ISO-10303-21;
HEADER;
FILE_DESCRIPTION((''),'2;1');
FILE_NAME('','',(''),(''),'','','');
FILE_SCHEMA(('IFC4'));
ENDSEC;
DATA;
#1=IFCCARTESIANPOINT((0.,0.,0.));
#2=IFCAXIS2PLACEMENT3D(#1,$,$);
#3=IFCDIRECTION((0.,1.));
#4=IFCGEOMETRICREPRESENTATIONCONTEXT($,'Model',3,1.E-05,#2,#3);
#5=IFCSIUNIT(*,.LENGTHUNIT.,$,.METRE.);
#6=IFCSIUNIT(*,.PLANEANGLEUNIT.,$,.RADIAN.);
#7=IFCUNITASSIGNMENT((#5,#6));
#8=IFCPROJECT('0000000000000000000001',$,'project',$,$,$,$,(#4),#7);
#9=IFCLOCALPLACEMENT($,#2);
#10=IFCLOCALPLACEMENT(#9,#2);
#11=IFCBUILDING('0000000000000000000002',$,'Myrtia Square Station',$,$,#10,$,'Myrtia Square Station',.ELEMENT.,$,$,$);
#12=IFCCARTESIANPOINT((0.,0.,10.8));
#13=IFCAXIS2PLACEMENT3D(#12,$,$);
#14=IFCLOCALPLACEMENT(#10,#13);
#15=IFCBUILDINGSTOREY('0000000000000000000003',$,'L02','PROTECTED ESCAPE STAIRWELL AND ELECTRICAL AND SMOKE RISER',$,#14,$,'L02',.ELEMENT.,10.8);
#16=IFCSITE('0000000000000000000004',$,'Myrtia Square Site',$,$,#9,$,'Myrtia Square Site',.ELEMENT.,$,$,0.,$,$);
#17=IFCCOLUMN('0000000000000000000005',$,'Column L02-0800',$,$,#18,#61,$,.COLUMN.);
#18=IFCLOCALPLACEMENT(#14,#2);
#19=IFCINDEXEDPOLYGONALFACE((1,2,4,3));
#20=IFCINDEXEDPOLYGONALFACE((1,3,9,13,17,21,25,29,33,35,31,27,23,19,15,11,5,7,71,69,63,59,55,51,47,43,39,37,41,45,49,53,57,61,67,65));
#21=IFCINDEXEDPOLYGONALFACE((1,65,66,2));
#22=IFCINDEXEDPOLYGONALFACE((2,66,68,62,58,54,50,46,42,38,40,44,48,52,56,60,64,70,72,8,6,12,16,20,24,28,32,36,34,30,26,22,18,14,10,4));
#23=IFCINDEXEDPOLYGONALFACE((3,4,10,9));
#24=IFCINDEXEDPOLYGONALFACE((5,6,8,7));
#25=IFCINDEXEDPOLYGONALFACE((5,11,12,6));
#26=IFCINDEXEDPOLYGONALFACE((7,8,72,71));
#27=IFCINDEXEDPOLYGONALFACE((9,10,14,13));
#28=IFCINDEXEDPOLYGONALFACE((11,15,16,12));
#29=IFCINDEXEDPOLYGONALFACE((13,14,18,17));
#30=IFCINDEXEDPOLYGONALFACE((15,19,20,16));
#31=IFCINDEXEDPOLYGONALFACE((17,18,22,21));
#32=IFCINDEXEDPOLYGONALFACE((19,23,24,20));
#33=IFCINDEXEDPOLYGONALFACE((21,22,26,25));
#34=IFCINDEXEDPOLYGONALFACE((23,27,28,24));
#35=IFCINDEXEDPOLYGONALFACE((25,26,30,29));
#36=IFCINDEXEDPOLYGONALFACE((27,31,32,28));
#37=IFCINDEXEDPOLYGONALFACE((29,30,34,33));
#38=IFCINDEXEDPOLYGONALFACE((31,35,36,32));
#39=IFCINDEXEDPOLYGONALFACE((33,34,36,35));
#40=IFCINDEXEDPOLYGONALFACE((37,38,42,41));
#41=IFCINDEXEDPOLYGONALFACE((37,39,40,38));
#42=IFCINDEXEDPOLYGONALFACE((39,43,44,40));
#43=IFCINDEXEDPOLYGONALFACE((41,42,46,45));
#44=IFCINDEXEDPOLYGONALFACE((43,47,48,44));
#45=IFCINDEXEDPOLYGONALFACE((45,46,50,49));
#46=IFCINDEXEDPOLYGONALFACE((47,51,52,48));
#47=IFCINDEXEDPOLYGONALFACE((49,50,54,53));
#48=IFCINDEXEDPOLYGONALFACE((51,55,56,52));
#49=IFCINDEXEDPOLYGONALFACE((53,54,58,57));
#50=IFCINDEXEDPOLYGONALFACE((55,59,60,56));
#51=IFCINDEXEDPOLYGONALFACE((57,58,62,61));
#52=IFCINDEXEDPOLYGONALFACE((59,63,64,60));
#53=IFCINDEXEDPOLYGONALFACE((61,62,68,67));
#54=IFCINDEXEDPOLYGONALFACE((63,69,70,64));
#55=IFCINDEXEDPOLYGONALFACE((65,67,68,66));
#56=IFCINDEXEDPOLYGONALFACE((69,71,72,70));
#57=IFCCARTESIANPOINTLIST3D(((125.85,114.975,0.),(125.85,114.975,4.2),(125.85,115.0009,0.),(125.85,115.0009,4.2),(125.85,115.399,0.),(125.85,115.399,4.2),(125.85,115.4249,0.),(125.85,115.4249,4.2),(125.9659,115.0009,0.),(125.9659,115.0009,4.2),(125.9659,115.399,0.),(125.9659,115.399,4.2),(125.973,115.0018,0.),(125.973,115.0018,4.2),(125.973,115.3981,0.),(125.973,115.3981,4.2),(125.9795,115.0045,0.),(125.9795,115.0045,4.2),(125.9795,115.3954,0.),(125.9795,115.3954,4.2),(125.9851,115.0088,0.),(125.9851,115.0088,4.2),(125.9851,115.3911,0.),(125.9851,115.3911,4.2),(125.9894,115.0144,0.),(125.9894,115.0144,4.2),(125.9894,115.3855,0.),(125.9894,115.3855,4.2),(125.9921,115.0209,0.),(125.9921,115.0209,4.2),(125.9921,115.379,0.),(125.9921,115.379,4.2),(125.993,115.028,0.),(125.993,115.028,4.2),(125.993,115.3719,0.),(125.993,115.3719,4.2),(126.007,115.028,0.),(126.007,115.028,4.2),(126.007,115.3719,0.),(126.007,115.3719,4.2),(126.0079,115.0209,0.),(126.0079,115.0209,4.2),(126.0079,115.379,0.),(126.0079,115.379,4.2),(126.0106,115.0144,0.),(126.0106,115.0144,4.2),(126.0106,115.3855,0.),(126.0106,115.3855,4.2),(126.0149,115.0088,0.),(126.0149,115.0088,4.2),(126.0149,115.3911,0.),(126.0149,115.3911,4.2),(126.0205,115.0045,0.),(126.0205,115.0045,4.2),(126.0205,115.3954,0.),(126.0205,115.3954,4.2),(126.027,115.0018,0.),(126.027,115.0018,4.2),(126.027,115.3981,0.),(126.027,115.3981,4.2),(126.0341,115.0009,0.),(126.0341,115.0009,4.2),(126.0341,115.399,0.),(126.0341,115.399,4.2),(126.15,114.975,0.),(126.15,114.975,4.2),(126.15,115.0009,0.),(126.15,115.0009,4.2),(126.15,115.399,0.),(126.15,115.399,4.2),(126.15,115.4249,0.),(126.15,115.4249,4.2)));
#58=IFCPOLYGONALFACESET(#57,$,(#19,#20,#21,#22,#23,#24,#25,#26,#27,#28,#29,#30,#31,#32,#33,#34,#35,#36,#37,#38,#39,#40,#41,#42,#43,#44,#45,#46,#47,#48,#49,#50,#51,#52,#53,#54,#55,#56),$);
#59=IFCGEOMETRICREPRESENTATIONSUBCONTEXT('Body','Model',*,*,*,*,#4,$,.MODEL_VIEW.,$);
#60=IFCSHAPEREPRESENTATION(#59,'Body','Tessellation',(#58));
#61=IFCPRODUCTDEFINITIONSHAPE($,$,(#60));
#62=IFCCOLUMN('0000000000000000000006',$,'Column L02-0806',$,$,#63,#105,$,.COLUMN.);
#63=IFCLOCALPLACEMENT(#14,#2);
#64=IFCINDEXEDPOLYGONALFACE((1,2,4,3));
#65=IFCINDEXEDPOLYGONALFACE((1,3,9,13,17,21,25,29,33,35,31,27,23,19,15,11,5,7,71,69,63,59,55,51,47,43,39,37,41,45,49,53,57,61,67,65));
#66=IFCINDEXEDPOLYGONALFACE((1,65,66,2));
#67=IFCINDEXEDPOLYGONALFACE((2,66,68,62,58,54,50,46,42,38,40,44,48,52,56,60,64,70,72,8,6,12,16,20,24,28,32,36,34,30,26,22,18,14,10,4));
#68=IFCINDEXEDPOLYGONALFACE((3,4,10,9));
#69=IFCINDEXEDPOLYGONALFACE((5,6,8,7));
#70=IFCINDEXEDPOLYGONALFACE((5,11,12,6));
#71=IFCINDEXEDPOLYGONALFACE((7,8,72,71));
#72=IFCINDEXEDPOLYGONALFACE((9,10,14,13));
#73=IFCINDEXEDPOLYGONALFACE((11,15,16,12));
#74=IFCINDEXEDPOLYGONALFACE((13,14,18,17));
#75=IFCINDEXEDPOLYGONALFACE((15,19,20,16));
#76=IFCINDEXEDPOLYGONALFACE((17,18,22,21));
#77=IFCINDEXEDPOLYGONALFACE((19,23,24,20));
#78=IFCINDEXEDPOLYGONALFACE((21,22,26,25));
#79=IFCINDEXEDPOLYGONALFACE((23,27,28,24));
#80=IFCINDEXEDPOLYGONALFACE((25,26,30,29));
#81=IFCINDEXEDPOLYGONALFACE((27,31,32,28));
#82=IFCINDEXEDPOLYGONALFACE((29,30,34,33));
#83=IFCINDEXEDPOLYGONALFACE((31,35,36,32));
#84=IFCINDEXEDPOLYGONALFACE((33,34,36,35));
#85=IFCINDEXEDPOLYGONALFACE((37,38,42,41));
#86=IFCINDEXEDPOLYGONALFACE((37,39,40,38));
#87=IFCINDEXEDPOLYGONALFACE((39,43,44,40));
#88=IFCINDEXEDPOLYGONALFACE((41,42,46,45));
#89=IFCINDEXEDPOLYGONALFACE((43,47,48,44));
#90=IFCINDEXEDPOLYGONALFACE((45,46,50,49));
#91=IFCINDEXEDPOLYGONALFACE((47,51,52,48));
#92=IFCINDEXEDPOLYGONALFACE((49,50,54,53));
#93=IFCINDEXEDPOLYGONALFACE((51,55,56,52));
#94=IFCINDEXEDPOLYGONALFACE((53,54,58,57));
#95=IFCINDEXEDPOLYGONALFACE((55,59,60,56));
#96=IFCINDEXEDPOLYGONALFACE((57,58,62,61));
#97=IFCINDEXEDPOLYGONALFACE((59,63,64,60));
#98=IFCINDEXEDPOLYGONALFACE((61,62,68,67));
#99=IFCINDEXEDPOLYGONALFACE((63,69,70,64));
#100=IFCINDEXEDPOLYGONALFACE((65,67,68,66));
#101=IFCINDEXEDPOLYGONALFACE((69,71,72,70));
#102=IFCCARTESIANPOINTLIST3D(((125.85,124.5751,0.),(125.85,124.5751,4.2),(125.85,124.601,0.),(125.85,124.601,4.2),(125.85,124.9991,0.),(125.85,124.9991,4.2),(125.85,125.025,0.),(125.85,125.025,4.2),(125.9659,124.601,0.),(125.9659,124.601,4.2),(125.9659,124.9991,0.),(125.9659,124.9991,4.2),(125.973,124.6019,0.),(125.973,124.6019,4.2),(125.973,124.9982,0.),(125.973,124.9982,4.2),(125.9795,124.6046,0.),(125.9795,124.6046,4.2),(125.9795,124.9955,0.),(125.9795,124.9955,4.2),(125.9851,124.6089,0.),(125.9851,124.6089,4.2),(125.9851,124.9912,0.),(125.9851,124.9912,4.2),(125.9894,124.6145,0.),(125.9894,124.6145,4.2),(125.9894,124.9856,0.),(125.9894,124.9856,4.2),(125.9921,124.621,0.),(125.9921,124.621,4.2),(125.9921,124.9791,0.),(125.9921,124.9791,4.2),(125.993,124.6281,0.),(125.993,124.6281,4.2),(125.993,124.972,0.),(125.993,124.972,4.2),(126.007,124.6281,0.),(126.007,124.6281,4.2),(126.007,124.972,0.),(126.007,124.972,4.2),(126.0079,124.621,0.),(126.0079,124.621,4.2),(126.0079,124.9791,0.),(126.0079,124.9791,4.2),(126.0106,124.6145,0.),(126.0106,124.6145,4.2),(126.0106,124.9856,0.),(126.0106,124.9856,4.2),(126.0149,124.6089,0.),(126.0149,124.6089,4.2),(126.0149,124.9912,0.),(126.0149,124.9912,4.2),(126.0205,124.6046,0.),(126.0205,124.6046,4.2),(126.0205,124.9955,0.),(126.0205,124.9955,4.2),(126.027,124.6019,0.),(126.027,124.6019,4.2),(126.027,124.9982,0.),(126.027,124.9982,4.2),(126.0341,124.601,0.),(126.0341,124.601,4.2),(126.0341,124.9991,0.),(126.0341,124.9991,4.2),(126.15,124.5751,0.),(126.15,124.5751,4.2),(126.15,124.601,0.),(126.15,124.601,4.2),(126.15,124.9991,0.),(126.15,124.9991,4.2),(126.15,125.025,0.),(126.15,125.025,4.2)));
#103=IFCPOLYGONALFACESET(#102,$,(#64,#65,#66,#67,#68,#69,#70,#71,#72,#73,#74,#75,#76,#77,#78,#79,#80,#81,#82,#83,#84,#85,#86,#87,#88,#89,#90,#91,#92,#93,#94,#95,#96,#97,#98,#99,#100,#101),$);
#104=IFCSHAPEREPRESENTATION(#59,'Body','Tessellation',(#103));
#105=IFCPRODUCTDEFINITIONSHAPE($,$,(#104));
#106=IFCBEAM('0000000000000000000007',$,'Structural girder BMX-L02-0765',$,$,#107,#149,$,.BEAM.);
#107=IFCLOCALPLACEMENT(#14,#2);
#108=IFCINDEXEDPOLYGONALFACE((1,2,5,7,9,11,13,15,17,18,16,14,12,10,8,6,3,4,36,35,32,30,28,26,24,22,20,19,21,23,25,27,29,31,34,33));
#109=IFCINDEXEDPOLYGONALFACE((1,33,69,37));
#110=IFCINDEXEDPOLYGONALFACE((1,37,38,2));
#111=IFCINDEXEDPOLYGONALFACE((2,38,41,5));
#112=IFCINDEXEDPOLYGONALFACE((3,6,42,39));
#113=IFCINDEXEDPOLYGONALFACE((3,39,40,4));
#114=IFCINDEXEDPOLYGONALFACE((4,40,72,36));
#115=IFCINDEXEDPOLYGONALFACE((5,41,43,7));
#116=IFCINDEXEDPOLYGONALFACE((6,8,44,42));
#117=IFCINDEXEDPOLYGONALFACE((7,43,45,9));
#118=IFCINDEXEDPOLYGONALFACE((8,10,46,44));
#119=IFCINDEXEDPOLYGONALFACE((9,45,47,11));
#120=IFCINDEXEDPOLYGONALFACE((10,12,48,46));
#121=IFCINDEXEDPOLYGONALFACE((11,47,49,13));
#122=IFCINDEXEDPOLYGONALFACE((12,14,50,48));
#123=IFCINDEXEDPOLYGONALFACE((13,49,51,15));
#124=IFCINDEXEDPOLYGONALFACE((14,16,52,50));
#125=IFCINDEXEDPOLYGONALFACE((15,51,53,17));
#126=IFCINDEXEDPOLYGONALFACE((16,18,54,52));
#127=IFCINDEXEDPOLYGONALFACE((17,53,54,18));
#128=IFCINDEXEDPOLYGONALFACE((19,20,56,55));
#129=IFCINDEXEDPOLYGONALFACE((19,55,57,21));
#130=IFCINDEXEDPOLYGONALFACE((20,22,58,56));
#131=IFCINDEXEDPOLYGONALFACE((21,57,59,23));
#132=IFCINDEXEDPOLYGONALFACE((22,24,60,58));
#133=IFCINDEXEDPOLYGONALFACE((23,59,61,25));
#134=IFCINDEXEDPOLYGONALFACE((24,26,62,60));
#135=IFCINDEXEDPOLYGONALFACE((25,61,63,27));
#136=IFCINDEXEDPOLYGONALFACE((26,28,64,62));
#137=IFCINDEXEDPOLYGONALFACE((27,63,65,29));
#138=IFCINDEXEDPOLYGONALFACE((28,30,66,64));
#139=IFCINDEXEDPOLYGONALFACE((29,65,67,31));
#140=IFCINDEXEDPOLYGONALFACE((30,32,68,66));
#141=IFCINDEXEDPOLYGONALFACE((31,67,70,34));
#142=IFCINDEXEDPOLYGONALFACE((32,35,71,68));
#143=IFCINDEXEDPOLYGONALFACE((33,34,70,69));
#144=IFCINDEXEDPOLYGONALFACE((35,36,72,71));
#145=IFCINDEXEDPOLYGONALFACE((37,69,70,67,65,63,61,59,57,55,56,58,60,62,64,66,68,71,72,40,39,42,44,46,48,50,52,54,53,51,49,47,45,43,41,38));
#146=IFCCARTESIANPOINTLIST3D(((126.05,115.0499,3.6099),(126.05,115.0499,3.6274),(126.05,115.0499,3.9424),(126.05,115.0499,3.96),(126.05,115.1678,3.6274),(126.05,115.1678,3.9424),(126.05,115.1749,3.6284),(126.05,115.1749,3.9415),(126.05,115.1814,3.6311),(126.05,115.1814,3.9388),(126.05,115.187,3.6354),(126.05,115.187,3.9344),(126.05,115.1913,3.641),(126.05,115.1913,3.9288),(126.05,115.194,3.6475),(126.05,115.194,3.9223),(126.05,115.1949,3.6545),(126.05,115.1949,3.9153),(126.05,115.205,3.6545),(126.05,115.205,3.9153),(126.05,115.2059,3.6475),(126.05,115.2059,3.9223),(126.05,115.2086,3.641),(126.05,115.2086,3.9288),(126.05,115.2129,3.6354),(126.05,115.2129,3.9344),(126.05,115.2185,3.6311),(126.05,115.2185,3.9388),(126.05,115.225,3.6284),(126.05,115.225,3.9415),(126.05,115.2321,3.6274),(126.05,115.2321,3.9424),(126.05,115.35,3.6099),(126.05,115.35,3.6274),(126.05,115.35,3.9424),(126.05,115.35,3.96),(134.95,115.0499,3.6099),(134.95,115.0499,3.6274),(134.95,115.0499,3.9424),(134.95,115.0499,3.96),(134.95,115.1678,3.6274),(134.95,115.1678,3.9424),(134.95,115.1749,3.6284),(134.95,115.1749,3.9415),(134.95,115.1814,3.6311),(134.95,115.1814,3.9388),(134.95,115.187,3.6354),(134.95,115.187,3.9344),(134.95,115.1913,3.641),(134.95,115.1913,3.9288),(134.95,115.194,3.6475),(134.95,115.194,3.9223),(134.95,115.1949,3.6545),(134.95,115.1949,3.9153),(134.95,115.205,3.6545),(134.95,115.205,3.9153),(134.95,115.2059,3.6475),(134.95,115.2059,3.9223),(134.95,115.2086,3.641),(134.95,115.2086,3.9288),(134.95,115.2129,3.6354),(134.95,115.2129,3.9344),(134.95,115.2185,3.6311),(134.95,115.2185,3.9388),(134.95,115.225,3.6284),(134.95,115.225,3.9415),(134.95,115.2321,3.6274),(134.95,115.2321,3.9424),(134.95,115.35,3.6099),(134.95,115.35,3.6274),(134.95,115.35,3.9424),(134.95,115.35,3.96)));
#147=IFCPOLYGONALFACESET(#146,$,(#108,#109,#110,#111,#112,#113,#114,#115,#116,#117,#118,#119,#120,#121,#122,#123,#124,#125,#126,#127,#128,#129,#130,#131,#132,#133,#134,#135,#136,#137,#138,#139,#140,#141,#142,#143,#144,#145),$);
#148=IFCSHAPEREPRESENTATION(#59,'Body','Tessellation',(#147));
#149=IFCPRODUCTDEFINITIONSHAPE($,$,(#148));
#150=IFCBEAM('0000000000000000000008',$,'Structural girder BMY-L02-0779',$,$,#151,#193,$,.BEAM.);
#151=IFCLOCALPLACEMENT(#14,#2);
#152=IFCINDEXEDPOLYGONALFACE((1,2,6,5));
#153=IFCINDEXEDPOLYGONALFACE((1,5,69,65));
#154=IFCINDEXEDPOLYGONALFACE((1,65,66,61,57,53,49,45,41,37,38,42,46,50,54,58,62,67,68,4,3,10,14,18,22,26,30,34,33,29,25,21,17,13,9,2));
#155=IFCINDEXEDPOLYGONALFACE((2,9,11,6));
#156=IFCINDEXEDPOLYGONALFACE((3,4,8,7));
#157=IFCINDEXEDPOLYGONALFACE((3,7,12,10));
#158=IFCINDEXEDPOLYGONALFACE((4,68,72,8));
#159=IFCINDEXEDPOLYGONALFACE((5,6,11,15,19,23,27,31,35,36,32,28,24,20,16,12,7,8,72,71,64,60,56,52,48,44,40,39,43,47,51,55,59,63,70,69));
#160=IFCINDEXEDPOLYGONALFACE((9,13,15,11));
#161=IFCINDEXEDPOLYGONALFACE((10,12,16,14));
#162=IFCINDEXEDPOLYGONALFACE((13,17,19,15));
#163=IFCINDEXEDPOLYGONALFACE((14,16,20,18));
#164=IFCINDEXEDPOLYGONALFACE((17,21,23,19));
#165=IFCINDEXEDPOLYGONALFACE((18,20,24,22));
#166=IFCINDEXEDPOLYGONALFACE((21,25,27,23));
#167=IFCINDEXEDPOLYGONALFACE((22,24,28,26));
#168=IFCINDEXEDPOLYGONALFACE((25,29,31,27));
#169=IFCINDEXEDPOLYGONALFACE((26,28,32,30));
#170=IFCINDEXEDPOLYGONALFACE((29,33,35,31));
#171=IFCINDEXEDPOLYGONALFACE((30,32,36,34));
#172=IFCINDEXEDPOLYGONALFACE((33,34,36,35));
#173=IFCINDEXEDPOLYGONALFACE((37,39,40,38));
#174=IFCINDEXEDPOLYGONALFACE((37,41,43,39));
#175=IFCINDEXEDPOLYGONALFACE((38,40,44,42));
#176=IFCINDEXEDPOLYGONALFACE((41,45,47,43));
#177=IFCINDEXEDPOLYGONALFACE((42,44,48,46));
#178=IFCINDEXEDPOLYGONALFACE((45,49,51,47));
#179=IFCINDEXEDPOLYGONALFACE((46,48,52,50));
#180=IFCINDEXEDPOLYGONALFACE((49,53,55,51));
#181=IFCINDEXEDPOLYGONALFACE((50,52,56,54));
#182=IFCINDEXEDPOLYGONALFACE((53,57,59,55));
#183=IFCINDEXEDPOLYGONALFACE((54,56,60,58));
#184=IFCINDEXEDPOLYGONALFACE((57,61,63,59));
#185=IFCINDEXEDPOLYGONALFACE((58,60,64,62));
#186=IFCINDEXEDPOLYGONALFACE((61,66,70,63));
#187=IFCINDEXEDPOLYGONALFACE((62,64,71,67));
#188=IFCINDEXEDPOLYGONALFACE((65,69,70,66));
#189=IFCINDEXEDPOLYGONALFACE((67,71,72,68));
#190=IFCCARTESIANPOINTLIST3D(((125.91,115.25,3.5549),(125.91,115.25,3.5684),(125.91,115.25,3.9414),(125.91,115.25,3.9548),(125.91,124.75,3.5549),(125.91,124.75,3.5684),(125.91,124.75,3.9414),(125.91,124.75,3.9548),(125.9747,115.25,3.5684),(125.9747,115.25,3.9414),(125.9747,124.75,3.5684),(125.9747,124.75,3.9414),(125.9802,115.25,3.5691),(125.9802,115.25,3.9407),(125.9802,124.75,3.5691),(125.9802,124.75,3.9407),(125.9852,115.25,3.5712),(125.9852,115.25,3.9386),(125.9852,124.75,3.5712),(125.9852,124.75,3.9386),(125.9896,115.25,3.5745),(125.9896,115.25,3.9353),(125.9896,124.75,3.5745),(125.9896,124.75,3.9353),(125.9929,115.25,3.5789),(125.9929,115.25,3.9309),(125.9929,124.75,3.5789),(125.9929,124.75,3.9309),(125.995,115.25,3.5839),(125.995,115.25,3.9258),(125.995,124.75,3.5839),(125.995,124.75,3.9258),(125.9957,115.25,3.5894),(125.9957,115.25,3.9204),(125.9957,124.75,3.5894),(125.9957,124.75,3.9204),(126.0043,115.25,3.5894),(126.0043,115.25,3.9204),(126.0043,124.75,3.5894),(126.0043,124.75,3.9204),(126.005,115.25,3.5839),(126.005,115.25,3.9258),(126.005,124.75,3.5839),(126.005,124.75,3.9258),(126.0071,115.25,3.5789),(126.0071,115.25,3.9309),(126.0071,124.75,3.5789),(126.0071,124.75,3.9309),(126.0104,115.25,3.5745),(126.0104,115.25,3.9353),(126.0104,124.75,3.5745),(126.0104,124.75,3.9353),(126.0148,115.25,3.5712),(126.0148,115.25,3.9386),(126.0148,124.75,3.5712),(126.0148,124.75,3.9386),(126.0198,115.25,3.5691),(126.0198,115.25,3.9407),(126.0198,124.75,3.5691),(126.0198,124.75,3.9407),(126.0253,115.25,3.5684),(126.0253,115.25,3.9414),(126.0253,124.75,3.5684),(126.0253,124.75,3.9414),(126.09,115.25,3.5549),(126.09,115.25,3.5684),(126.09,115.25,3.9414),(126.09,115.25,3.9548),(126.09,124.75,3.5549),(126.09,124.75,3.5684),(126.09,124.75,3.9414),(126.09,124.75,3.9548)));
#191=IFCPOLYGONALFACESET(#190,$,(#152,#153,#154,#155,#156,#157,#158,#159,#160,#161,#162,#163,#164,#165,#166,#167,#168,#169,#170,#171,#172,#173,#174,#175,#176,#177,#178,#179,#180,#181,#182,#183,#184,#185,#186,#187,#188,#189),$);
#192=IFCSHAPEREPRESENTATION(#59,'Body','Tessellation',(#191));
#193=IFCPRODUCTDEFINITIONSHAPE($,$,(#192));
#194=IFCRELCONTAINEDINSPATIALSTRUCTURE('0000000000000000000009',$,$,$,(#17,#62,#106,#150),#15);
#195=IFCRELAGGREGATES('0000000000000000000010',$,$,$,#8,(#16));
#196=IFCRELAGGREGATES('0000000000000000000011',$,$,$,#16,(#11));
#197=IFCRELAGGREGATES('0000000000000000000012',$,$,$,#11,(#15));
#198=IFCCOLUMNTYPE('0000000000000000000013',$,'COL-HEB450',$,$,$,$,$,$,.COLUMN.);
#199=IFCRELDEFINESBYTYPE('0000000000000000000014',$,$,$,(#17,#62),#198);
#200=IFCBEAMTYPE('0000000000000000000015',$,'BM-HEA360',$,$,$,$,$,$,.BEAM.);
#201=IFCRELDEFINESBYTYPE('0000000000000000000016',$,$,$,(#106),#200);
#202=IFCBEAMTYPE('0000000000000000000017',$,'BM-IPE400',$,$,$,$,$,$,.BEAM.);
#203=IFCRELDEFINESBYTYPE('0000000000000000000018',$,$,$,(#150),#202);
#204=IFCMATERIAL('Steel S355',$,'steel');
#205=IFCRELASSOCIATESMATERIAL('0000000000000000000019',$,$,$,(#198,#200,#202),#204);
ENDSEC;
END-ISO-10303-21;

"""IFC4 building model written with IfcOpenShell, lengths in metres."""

from ifc_helpers import new_model, si_unit, direction, frame, origin, origin_2d, place, context, subcontext, project, spatial, i_section, extrude, material, material_profile, profile_set, type_object, element, save


model = new_model("IFC4")

# Units and contexts
model_context = context("Model", 3, precision=1e-05, world=origin(), true_north=direction((0.0, 1.0)))
body_context = subcontext(model_context, "Body", "Model", "MODEL_VIEW")
ifc_project = project(units=[si_unit("LENGTHUNIT", "METRE"), si_unit("PLANEANGLEUNIT", "RADIAN")], contexts=[model_context])

# Site, building, storey
site_placement = place(None, origin())
site = spatial("IfcSite", under=ifc_project, at=site_placement, Name="Myrtia Square Site", LongName="Myrtia Square Site", CompositionType="ELEMENT", RefElevation=0.0)
building_placement = place(site_placement, origin())
building = spatial("IfcBuilding", under=site, at=building_placement, Name="Myrtia Square Station", LongName="Myrtia Square Station", CompositionType="ELEMENT")
storey_placement = place(building_placement, frame((0.0, 0.0, 10.8)))
storey = spatial("IfcBuildingStorey", under=building, at=storey_placement, Name="L02", Description="PROTECTED ESCAPE STAIRWELL AND ELECTRICAL AND SMOKE RISER", LongName="L02", CompositionType="ELEMENT", Elevation=10.8)

# Columns
ifc_material_1 = material(Name="Steel S355", Category="steel")
ifc_material_profile_1 = material_profile(ifc_material_1, i_section(OverallWidth=0.3, OverallDepth=0.45, WebThickness=0.0139, FlangeThickness=0.0259, FilletRadius=0.0271, at=origin_2d()), Name="HEB 450")
ifc_profile_set_1 = profile_set([ifc_material_profile_1], Name="Steel S355")
column_type = type_object("IfcColumnType", Name="COL-HEB450", PredefinedType="COLUMN", material=ifc_profile_set_1)
for number, where, z_axis, x_axis, name in (
    (1, (126.0, 115.2, 0.0), (0.0, 0.0, 1.0), (1.0, 0.0, 0.0), "Column L02-0800"),
    (2, (126.0, 124.8, 0.0), (0.0, 0.0, 1.0), (1.0, 0.0, 0.0), "Column L02-0806"),
):
    element("IfcColumn", number, at=place(storey_placement, frame(where, z_axis=z_axis, x_axis=x_axis)), inside=storey, type_object=column_type, Name=name, PredefinedType="COLUMN", context=body_context, shape_type="SweptSolid", body=[
        extrude(i_section(OverallWidth=0.3, OverallDepth=0.45, WebThickness=0.0139, FlangeThickness=0.0259, FilletRadius=0.0271, at=origin_2d()), origin(), (0.0, 0.0, 1.0), 4.2),
    ])

# Beams
ifc_material_profile_2 = material_profile(ifc_material_1, i_section(OverallWidth=0.3, OverallDepth=0.3501, WebThickness=0.01, FlangeThickness=0.0176, FilletRadius=0.0271, at=origin_2d()), Name="HEA 360")
ifc_profile_set_2 = profile_set([ifc_material_profile_2], Name="Steel S355")
beam_type_1 = type_object("IfcBeamType", Name="BM-HEA360", PredefinedType="BEAM", material=ifc_profile_set_2)
beam_1_placement = place(storey_placement, frame((126.05, 115.2, 3.7849), z_axis=(1.0, 0.0, 0.0), x_axis=(0.0, 1.0, 0.0)))
element("IfcBeam", 3, at=beam_1_placement, inside=storey, type_object=beam_type_1, Name="Structural girder BMX-L02-0765", PredefinedType="BEAM", context=body_context, shape_type="SweptSolid", body=[
    extrude(i_section(OverallWidth=0.3, OverallDepth=0.3501, WebThickness=0.01, FlangeThickness=0.0176, FilletRadius=0.0271, at=origin_2d()), origin(), (0.0, 0.0, 1.0), 8.8999),
])
ifc_material_profile_3 = material_profile(ifc_material_1, i_section(OverallWidth=0.1799, OverallDepth=0.3999, WebThickness=0.0085, FlangeThickness=0.0134, FilletRadius=0.021, at=origin_2d()), Name="IPE 400")
ifc_profile_set_3 = profile_set([ifc_material_profile_3], Name="Steel S355")
beam_type_2 = type_object("IfcBeamType", Name="BM-IPE400", PredefinedType="BEAM", material=ifc_profile_set_3)
beam_2_placement = place(storey_placement, frame((126.0, 115.25, 3.7549), z_axis=(0.0, 1.0, 0.0), x_axis=(-1.0, 0.0, 0.0)))
element("IfcBeam", 4, at=beam_2_placement, inside=storey, type_object=beam_type_2, Name="Structural girder BMY-L02-0779", PredefinedType="BEAM", context=body_context, shape_type="SweptSolid", body=[
    extrude(i_section(OverallWidth=0.1799, OverallDepth=0.3999, WebThickness=0.0085, FlangeThickness=0.0134, FilletRadius=0.021, at=origin_2d()), origin(), (0.0, 0.0, 1.0), 9.5),
])

save(model, "model.ifc")
